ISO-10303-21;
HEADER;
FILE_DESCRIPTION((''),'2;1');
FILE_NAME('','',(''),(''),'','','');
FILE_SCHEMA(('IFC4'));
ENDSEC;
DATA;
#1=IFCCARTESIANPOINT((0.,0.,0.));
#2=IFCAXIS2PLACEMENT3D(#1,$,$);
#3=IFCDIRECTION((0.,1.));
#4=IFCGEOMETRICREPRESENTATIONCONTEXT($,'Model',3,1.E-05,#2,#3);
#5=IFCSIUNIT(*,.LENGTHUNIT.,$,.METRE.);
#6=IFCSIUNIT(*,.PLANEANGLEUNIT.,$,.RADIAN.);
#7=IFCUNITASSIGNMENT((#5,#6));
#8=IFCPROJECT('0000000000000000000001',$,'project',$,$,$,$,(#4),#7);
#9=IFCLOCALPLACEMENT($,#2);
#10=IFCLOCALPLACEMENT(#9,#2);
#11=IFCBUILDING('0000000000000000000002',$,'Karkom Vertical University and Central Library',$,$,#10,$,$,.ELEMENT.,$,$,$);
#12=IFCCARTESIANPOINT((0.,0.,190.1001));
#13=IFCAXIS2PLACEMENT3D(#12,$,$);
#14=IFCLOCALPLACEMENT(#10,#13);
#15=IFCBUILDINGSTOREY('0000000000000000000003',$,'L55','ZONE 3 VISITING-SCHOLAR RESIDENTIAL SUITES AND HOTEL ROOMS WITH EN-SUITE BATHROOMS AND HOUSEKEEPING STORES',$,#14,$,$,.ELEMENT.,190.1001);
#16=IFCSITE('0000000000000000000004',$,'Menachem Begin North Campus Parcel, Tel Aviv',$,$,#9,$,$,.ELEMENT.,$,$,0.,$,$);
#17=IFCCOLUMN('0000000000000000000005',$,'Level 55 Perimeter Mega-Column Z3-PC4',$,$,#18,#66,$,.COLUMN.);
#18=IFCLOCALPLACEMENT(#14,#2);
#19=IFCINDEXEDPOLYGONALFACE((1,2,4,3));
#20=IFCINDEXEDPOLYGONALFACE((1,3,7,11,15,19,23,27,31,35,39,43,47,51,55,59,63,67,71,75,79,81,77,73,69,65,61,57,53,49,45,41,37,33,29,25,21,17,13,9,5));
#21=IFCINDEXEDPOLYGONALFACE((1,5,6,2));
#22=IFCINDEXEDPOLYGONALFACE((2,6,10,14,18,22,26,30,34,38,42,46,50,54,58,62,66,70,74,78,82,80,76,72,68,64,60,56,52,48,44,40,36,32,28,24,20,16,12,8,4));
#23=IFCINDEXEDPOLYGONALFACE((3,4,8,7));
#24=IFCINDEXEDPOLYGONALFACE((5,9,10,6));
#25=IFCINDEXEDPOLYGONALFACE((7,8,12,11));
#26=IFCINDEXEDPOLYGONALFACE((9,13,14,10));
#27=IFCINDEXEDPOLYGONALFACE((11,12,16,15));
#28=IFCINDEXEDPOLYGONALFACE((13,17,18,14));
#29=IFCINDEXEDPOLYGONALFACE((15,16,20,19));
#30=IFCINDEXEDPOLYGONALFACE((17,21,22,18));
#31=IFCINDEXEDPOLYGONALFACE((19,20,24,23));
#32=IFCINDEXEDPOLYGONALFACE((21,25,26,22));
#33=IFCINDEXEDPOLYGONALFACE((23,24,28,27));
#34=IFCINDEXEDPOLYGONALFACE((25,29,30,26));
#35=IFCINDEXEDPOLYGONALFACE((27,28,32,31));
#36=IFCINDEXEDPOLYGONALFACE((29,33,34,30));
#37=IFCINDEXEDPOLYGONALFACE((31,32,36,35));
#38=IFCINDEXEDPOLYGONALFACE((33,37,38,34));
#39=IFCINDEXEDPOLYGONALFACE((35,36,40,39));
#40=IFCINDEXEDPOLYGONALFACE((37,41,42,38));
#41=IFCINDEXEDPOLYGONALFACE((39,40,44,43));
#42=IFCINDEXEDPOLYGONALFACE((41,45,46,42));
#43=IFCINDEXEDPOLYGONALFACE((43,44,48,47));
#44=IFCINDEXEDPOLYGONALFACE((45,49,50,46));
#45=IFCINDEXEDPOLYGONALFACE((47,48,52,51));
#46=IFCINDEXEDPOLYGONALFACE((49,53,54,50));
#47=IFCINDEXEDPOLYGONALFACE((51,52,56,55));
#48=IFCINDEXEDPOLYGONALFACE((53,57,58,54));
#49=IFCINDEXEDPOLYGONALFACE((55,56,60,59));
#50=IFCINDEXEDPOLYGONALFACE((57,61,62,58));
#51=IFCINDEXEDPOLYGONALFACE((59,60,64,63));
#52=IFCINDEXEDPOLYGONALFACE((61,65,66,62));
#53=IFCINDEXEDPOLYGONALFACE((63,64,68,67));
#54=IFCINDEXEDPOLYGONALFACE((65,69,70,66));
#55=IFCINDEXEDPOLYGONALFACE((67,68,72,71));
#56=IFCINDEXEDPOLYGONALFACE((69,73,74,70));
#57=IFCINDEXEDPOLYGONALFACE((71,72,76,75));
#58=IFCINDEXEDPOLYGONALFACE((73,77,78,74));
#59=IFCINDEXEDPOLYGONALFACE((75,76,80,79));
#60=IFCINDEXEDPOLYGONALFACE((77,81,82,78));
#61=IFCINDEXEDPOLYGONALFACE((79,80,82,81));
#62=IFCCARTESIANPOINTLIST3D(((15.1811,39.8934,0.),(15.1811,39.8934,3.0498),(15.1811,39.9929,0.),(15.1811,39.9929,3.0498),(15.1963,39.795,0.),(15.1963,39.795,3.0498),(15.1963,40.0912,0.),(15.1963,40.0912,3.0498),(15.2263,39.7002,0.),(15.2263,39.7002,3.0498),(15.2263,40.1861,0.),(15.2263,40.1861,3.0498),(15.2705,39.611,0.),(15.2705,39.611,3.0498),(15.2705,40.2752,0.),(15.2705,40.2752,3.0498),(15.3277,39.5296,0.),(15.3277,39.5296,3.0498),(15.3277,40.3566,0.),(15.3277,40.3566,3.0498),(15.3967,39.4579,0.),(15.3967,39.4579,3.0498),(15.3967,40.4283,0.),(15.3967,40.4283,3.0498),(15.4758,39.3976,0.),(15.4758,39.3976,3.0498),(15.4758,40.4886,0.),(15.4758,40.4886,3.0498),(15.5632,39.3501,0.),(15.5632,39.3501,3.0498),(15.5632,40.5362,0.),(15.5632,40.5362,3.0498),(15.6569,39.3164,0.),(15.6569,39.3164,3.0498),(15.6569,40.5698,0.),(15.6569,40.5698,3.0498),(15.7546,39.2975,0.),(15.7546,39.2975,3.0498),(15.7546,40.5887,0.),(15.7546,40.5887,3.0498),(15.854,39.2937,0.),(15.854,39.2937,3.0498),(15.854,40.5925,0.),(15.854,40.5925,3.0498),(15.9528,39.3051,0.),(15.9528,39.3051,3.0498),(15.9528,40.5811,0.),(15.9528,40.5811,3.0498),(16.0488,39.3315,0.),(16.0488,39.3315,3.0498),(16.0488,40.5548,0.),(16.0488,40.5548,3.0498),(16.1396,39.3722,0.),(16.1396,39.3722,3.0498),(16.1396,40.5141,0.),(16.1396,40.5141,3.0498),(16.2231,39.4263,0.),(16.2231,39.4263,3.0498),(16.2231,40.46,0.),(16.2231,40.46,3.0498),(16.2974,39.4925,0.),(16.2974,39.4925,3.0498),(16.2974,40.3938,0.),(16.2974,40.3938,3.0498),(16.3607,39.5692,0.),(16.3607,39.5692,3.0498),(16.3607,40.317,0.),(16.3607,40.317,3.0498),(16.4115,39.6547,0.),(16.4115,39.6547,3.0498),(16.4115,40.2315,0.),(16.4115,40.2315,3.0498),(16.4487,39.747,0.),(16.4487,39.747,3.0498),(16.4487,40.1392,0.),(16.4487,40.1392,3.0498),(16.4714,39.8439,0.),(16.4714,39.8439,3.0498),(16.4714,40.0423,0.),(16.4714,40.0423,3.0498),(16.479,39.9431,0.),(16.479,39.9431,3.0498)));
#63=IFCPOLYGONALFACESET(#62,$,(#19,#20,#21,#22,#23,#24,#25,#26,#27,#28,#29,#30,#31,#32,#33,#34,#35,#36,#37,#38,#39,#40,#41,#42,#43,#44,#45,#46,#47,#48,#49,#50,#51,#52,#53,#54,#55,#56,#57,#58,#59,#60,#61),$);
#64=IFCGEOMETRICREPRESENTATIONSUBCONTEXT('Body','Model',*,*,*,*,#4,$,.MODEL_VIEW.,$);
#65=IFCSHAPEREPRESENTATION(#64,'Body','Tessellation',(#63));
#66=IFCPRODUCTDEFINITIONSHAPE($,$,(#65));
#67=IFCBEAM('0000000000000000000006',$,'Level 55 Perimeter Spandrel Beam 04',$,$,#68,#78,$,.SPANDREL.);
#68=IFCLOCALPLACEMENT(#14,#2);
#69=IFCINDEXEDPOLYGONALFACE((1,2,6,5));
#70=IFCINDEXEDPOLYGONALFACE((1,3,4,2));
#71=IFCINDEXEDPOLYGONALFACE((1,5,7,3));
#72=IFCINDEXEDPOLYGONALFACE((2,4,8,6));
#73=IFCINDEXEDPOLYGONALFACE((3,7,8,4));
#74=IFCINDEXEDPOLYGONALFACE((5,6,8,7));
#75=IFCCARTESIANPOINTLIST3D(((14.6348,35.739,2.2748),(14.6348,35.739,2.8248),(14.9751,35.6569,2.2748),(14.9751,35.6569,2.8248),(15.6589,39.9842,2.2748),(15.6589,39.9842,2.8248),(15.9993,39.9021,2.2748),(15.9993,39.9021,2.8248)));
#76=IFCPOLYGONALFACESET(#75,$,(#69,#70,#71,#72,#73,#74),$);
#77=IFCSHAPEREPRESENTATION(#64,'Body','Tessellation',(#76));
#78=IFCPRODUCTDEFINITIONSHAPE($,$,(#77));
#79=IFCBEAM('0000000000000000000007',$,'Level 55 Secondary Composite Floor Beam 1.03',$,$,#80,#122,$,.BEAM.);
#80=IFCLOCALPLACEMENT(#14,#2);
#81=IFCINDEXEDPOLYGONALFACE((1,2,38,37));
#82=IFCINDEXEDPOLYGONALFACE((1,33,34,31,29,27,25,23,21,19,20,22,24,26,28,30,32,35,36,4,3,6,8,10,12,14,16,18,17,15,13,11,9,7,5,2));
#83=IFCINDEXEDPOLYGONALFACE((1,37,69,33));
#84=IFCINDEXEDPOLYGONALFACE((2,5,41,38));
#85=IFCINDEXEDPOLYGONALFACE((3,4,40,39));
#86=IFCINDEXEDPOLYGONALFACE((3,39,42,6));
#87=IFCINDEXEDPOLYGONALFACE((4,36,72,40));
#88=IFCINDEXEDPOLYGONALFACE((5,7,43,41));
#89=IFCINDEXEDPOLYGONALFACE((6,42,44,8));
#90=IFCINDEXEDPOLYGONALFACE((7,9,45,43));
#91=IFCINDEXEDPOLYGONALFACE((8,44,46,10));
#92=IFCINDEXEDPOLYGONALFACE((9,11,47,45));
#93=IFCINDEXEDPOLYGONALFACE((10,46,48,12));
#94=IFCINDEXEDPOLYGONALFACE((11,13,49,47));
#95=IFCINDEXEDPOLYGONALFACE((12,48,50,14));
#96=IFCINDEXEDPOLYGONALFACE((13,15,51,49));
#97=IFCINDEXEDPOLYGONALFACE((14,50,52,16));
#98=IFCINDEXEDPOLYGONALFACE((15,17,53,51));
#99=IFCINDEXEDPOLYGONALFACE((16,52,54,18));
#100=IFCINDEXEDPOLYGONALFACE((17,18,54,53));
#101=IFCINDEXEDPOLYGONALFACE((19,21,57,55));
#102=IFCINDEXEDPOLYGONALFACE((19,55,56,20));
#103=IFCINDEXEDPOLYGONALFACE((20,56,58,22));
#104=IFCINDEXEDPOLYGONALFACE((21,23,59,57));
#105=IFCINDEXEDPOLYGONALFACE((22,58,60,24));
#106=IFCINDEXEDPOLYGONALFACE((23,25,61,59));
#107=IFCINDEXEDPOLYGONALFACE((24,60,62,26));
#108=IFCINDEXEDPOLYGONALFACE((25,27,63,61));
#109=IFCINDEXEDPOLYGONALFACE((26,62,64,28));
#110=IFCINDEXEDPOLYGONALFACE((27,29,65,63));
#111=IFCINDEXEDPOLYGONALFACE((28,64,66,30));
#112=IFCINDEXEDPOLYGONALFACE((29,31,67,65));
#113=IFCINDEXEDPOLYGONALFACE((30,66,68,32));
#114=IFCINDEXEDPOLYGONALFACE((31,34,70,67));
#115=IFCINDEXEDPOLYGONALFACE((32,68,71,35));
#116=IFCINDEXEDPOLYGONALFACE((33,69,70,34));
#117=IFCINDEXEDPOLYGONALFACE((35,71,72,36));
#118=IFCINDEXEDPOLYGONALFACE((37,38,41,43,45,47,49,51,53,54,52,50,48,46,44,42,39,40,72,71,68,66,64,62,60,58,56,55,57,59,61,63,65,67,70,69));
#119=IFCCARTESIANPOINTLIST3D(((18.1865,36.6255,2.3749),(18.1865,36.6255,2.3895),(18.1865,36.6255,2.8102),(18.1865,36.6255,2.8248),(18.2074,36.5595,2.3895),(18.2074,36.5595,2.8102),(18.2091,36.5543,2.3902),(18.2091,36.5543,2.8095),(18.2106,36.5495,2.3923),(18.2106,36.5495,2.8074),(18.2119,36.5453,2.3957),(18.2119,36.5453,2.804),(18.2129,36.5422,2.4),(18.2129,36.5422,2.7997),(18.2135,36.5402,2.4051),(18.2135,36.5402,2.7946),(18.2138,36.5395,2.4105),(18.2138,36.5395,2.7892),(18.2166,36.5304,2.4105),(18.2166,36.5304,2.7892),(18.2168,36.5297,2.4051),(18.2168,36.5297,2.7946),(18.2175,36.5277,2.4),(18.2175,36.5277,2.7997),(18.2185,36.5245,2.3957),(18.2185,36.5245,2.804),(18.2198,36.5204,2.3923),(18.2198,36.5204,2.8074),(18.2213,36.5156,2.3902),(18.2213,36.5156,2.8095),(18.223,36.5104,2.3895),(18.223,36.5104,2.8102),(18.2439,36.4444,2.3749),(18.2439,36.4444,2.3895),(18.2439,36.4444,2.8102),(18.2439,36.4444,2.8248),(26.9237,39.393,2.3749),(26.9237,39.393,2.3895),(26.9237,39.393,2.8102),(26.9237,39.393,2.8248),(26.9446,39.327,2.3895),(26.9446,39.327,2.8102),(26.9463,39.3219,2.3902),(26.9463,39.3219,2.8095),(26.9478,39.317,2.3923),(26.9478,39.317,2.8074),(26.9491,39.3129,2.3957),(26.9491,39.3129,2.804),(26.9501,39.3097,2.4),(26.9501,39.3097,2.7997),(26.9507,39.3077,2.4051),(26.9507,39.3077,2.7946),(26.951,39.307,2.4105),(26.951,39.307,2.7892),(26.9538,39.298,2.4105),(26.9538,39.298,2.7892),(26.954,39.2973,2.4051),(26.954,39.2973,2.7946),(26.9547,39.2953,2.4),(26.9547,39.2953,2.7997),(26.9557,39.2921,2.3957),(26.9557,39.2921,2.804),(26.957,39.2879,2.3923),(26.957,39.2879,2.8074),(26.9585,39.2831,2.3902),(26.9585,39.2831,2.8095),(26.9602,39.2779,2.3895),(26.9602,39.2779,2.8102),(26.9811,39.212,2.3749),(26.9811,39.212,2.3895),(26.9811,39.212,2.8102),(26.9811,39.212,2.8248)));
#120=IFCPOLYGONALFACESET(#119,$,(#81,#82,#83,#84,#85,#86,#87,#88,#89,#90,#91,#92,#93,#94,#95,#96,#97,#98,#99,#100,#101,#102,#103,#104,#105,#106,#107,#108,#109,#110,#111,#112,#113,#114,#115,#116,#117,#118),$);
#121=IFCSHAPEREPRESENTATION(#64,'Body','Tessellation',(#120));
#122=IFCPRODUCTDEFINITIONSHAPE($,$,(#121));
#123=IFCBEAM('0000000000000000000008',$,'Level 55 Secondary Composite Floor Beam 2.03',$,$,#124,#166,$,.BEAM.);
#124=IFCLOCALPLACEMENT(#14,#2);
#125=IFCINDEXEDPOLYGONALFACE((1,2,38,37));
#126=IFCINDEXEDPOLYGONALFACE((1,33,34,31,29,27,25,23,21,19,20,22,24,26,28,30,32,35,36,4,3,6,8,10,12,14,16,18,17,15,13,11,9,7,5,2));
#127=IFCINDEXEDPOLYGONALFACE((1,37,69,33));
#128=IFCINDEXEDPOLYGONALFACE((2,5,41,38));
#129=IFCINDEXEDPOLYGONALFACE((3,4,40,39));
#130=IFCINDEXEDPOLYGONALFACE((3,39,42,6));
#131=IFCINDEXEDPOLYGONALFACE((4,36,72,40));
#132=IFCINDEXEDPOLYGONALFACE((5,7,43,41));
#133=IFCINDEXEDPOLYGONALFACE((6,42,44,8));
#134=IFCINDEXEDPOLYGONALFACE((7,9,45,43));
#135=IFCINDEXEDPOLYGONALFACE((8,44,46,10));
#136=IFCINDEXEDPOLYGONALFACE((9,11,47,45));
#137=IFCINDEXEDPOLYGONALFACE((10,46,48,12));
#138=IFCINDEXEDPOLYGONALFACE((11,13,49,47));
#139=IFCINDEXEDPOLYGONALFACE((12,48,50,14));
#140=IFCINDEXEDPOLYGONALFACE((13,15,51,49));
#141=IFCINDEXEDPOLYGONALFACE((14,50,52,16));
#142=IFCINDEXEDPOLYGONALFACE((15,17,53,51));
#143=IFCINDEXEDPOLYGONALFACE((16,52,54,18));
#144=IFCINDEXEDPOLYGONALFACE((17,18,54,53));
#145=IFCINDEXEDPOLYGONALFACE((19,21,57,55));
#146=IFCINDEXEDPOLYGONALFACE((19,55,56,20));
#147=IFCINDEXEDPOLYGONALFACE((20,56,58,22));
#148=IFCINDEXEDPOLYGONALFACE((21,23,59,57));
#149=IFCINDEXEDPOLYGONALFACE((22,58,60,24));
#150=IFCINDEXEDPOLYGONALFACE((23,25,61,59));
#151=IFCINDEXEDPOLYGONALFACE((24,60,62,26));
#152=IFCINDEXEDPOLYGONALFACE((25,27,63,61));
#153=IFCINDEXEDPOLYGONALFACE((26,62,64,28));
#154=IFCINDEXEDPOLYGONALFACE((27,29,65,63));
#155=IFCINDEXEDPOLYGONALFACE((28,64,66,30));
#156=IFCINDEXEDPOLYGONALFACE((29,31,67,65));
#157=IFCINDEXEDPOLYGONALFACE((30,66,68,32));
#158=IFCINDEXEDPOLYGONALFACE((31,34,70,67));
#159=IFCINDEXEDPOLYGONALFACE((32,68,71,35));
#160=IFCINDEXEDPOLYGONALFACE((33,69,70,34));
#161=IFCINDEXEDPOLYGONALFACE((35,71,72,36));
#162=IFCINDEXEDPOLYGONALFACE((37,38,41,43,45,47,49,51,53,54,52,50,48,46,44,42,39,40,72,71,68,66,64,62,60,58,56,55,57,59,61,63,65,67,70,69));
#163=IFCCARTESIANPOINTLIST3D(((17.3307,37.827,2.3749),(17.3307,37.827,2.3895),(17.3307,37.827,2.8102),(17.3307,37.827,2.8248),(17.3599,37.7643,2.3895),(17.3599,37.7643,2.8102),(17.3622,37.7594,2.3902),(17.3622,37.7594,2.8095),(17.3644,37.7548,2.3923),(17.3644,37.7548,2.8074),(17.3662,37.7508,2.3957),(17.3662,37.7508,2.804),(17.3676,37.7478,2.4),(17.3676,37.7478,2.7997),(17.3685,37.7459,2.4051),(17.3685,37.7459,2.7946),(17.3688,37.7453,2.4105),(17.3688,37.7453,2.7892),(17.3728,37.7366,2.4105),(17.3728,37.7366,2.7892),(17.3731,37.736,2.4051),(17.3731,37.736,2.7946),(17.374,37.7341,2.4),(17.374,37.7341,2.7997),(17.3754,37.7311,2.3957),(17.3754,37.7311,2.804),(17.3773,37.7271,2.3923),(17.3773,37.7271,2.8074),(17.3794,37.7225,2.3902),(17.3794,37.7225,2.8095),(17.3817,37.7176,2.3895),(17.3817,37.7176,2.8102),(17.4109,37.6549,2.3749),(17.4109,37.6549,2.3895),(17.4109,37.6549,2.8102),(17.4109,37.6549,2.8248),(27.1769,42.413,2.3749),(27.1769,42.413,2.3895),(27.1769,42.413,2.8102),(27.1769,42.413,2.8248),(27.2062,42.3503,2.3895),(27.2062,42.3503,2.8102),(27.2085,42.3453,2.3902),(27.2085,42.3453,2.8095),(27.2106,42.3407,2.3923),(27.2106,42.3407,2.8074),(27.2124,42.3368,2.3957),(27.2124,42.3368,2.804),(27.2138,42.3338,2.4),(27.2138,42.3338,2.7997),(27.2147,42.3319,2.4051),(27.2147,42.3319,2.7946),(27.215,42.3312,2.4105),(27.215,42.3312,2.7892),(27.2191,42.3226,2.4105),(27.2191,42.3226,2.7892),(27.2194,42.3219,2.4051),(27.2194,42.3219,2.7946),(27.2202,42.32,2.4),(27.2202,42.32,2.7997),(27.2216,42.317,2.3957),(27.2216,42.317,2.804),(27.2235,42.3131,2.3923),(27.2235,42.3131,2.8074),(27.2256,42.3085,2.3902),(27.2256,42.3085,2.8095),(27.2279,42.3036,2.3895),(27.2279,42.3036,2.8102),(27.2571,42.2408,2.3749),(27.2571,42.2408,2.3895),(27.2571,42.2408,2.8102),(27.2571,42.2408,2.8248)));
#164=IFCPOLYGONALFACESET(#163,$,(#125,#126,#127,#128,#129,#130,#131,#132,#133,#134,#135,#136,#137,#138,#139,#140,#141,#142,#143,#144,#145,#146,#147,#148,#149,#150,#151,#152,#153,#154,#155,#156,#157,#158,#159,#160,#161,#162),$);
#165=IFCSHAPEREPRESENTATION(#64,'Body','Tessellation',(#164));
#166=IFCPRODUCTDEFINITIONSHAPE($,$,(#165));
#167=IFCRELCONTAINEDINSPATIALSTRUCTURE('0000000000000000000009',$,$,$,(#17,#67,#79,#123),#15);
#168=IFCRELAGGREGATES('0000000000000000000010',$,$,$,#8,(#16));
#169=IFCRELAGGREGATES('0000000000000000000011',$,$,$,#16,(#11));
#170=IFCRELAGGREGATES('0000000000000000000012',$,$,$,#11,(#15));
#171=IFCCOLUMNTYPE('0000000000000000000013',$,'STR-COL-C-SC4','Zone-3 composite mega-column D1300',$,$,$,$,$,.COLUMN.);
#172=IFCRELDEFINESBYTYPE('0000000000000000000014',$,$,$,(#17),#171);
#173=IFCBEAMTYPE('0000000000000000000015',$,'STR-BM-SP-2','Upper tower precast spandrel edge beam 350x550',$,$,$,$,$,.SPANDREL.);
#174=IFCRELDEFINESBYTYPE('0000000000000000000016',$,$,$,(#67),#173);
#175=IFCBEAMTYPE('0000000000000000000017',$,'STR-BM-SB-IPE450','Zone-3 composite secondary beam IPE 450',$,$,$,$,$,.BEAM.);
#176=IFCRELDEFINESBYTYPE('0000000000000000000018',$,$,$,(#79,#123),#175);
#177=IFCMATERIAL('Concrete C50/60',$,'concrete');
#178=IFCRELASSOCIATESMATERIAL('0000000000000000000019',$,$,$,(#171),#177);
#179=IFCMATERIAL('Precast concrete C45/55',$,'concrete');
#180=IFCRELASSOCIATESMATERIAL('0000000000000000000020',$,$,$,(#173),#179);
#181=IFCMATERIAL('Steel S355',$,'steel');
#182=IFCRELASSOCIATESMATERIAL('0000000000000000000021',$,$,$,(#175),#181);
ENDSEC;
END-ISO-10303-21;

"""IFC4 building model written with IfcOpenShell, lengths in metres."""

from ifc_helpers import new_model, si_unit, direction, frame, origin, origin_with_axes, origin_2d, place, context, subcontext, project, spatial, rectangle, circle, i_section, extrude, source, transform, mapped, material, material_profile, profile_set, type_object, element, save


model = new_model("IFC4")

# Units and contexts
model_context = context("Model", 3, precision=1e-05, world=origin(), true_north=direction((0.0, 1.0)))
body_context = subcontext(model_context, "Body", "Model", "MODEL_VIEW")
ifc_project = project(units=[si_unit("LENGTHUNIT", "METRE"), si_unit("PLANEANGLEUNIT", "RADIAN")], contexts=[model_context])

# Site, building, storey
site_placement = place(None, origin())
site = spatial("IfcSite", under=ifc_project, at=site_placement, Name="Menachem Begin North Campus Parcel, Tel Aviv", CompositionType="ELEMENT", RefElevation=0.0)
building_placement = place(site_placement, origin())
building = spatial("IfcBuilding", under=site, at=building_placement, Name="Karkom Vertical University and Central Library", CompositionType="ELEMENT")
storey_placement = place(building_placement, frame((0.0, 0.0, 190.1001)))
storey = spatial("IfcBuildingStorey", under=building, at=storey_placement, Name="L55", Description="ZONE 3 VISITING-SCHOLAR RESIDENTIAL SUITES AND HOTEL ROOMS WITH EN-SUITE BATHROOMS AND HOUSEKEEPING STORES", CompositionType="ELEMENT", Elevation=190.1001)

# Column
ifc_material_1 = material(Name="Concrete C50/60", Category="concrete")
ifc_material_profile_1 = material_profile(ifc_material_1, circle(Radius=0.6499, at=origin_2d()), Name="CFT-D1300")
ifc_profile_set_1 = profile_set([ifc_material_profile_1], Name="Concrete C50/60")
column_type = type_object("IfcColumnType", Name="STR-COL-C-SC4", Description="Zone-3 composite mega-column D1300", PredefinedType="COLUMN", material=ifc_profile_set_1)
shared_shape_1 = source(origin_with_axes(), body_context, "Body", "SweptSolid", [
    extrude(circle(Radius=0.6499, at=origin_2d()), origin(), (0.0, 0.0, 1.0), 3.0498),
])
column_placement = place(storey_placement, frame((15.8291, 39.9431, 0.0), z_axis=(0.0, 0.0, 1.0), x_axis=(1.0, 0.0, 0.0)))
element("IfcColumn", 1, at=column_placement, inside=storey, type_object=column_type, Name="Level 55 Perimeter Mega-Column Z3-PC4", PredefinedType="COLUMN", context=body_context, shape_type="MappedRepresentation", body=[
    mapped(shared_shape_1, transform((0.0, 0.0, 0.0), scale=1.0)),
])

# Beams
ifc_material_2 = material(Name="Precast concrete C45/55", Category="concrete")
ifc_material_profile_2 = material_profile(ifc_material_2, rectangle(XDim=0.3501, YDim=0.55, at=origin_2d()), Name="SPB-350x550")
ifc_profile_set_2 = profile_set([ifc_material_profile_2], Name="Precast concrete C45/55")
beam_type_1 = type_object("IfcBeamType", Name="STR-BM-SP-2", Description="Upper tower precast spandrel edge beam 350x550", PredefinedType="SPANDREL", material=ifc_profile_set_2)
shared_shape_2 = source(origin_with_axes(), body_context, "Body", "SweptSolid", [
    extrude(rectangle(XDim=0.3501, YDim=0.55, at=origin_2d()), origin(), (0.0, 0.0, 1.0), 4.3669),
])
beam_1_placement = place(storey_placement, frame((15.8291, 39.9431, 2.5498), z_axis=(-0.234529, -0.972109, 0.0), x_axis=(0.972109, -0.234529, 0.0)))
element("IfcBeam", 2, at=beam_1_placement, inside=storey, type_object=beam_type_1, Name="Level 55 Perimeter Spandrel Beam 04", PredefinedType="SPANDREL", context=body_context, shape_type="MappedRepresentation", body=[
    mapped(shared_shape_2, transform((0.0, 0.0, 0.0), scale=1.0)),
])
ifc_material_3 = material(Name="Steel S355", Category="steel")
ifc_material_profile_3 = material_profile(ifc_material_3, i_section(OverallWidth=0.1899, OverallDepth=0.45, WebThickness=0.0095, FlangeThickness=0.0146, FilletRadius=0.021, at=origin_2d()), Name="IPE 450")
ifc_profile_set_3 = profile_set([ifc_material_profile_3], Name="Steel S355")
beam_type_2 = type_object("IfcBeamType", Name="STR-BM-SB-IPE450", Description="Zone-3 composite secondary beam IPE 450", PredefinedType="BEAM", material=ifc_profile_set_3)
shared_shape_3 = source(origin_with_axes(), body_context, "Body", "SweptSolid", [
    extrude(i_section(OverallWidth=0.1899, OverallDepth=0.45, WebThickness=0.0095, FlangeThickness=0.0146, FilletRadius=0.021, at=origin_2d()), origin(), (0.0, 0.0, 1.0), 9.165),
])
beam_2_placement = place(storey_placement, frame((26.9524, 39.3025, 2.5999), z_axis=(-0.953318, -0.301968, 0.0), x_axis=(0.301968, -0.953318, 0.0)))
element("IfcBeam", 3, at=beam_2_placement, inside=storey, type_object=beam_type_2, Name="Level 55 Secondary Composite Floor Beam 1.03", PredefinedType="BEAM", context=body_context, shape_type="MappedRepresentation", body=[
    mapped(shared_shape_3, transform((0.0, 0.0, 0.0), scale=1.0)),
])
shared_shape_4 = source(origin_with_axes(), body_context, "Body", "SweptSolid", [
    extrude(i_section(OverallWidth=0.1899, OverallDepth=0.45, WebThickness=0.0095, FlangeThickness=0.0146, FilletRadius=0.021, at=origin_2d()), origin(), (0.0, 0.0, 1.0), 10.8618),
])
beam_3_placement = place(storey_placement, frame((27.217, 42.3269, 2.5999), z_axis=(-0.906499, -0.422209, 0.0), x_axis=(0.422209, -0.906499, 0.0)))
element("IfcBeam", 4, at=beam_3_placement, inside=storey, type_object=beam_type_2, Name="Level 55 Secondary Composite Floor Beam 2.03", PredefinedType="BEAM", context=body_context, shape_type="MappedRepresentation", body=[
    mapped(shared_shape_4, transform((0.0, 0.0, 0.0), scale=1.0)),
])

save(model, "model.ifc")
